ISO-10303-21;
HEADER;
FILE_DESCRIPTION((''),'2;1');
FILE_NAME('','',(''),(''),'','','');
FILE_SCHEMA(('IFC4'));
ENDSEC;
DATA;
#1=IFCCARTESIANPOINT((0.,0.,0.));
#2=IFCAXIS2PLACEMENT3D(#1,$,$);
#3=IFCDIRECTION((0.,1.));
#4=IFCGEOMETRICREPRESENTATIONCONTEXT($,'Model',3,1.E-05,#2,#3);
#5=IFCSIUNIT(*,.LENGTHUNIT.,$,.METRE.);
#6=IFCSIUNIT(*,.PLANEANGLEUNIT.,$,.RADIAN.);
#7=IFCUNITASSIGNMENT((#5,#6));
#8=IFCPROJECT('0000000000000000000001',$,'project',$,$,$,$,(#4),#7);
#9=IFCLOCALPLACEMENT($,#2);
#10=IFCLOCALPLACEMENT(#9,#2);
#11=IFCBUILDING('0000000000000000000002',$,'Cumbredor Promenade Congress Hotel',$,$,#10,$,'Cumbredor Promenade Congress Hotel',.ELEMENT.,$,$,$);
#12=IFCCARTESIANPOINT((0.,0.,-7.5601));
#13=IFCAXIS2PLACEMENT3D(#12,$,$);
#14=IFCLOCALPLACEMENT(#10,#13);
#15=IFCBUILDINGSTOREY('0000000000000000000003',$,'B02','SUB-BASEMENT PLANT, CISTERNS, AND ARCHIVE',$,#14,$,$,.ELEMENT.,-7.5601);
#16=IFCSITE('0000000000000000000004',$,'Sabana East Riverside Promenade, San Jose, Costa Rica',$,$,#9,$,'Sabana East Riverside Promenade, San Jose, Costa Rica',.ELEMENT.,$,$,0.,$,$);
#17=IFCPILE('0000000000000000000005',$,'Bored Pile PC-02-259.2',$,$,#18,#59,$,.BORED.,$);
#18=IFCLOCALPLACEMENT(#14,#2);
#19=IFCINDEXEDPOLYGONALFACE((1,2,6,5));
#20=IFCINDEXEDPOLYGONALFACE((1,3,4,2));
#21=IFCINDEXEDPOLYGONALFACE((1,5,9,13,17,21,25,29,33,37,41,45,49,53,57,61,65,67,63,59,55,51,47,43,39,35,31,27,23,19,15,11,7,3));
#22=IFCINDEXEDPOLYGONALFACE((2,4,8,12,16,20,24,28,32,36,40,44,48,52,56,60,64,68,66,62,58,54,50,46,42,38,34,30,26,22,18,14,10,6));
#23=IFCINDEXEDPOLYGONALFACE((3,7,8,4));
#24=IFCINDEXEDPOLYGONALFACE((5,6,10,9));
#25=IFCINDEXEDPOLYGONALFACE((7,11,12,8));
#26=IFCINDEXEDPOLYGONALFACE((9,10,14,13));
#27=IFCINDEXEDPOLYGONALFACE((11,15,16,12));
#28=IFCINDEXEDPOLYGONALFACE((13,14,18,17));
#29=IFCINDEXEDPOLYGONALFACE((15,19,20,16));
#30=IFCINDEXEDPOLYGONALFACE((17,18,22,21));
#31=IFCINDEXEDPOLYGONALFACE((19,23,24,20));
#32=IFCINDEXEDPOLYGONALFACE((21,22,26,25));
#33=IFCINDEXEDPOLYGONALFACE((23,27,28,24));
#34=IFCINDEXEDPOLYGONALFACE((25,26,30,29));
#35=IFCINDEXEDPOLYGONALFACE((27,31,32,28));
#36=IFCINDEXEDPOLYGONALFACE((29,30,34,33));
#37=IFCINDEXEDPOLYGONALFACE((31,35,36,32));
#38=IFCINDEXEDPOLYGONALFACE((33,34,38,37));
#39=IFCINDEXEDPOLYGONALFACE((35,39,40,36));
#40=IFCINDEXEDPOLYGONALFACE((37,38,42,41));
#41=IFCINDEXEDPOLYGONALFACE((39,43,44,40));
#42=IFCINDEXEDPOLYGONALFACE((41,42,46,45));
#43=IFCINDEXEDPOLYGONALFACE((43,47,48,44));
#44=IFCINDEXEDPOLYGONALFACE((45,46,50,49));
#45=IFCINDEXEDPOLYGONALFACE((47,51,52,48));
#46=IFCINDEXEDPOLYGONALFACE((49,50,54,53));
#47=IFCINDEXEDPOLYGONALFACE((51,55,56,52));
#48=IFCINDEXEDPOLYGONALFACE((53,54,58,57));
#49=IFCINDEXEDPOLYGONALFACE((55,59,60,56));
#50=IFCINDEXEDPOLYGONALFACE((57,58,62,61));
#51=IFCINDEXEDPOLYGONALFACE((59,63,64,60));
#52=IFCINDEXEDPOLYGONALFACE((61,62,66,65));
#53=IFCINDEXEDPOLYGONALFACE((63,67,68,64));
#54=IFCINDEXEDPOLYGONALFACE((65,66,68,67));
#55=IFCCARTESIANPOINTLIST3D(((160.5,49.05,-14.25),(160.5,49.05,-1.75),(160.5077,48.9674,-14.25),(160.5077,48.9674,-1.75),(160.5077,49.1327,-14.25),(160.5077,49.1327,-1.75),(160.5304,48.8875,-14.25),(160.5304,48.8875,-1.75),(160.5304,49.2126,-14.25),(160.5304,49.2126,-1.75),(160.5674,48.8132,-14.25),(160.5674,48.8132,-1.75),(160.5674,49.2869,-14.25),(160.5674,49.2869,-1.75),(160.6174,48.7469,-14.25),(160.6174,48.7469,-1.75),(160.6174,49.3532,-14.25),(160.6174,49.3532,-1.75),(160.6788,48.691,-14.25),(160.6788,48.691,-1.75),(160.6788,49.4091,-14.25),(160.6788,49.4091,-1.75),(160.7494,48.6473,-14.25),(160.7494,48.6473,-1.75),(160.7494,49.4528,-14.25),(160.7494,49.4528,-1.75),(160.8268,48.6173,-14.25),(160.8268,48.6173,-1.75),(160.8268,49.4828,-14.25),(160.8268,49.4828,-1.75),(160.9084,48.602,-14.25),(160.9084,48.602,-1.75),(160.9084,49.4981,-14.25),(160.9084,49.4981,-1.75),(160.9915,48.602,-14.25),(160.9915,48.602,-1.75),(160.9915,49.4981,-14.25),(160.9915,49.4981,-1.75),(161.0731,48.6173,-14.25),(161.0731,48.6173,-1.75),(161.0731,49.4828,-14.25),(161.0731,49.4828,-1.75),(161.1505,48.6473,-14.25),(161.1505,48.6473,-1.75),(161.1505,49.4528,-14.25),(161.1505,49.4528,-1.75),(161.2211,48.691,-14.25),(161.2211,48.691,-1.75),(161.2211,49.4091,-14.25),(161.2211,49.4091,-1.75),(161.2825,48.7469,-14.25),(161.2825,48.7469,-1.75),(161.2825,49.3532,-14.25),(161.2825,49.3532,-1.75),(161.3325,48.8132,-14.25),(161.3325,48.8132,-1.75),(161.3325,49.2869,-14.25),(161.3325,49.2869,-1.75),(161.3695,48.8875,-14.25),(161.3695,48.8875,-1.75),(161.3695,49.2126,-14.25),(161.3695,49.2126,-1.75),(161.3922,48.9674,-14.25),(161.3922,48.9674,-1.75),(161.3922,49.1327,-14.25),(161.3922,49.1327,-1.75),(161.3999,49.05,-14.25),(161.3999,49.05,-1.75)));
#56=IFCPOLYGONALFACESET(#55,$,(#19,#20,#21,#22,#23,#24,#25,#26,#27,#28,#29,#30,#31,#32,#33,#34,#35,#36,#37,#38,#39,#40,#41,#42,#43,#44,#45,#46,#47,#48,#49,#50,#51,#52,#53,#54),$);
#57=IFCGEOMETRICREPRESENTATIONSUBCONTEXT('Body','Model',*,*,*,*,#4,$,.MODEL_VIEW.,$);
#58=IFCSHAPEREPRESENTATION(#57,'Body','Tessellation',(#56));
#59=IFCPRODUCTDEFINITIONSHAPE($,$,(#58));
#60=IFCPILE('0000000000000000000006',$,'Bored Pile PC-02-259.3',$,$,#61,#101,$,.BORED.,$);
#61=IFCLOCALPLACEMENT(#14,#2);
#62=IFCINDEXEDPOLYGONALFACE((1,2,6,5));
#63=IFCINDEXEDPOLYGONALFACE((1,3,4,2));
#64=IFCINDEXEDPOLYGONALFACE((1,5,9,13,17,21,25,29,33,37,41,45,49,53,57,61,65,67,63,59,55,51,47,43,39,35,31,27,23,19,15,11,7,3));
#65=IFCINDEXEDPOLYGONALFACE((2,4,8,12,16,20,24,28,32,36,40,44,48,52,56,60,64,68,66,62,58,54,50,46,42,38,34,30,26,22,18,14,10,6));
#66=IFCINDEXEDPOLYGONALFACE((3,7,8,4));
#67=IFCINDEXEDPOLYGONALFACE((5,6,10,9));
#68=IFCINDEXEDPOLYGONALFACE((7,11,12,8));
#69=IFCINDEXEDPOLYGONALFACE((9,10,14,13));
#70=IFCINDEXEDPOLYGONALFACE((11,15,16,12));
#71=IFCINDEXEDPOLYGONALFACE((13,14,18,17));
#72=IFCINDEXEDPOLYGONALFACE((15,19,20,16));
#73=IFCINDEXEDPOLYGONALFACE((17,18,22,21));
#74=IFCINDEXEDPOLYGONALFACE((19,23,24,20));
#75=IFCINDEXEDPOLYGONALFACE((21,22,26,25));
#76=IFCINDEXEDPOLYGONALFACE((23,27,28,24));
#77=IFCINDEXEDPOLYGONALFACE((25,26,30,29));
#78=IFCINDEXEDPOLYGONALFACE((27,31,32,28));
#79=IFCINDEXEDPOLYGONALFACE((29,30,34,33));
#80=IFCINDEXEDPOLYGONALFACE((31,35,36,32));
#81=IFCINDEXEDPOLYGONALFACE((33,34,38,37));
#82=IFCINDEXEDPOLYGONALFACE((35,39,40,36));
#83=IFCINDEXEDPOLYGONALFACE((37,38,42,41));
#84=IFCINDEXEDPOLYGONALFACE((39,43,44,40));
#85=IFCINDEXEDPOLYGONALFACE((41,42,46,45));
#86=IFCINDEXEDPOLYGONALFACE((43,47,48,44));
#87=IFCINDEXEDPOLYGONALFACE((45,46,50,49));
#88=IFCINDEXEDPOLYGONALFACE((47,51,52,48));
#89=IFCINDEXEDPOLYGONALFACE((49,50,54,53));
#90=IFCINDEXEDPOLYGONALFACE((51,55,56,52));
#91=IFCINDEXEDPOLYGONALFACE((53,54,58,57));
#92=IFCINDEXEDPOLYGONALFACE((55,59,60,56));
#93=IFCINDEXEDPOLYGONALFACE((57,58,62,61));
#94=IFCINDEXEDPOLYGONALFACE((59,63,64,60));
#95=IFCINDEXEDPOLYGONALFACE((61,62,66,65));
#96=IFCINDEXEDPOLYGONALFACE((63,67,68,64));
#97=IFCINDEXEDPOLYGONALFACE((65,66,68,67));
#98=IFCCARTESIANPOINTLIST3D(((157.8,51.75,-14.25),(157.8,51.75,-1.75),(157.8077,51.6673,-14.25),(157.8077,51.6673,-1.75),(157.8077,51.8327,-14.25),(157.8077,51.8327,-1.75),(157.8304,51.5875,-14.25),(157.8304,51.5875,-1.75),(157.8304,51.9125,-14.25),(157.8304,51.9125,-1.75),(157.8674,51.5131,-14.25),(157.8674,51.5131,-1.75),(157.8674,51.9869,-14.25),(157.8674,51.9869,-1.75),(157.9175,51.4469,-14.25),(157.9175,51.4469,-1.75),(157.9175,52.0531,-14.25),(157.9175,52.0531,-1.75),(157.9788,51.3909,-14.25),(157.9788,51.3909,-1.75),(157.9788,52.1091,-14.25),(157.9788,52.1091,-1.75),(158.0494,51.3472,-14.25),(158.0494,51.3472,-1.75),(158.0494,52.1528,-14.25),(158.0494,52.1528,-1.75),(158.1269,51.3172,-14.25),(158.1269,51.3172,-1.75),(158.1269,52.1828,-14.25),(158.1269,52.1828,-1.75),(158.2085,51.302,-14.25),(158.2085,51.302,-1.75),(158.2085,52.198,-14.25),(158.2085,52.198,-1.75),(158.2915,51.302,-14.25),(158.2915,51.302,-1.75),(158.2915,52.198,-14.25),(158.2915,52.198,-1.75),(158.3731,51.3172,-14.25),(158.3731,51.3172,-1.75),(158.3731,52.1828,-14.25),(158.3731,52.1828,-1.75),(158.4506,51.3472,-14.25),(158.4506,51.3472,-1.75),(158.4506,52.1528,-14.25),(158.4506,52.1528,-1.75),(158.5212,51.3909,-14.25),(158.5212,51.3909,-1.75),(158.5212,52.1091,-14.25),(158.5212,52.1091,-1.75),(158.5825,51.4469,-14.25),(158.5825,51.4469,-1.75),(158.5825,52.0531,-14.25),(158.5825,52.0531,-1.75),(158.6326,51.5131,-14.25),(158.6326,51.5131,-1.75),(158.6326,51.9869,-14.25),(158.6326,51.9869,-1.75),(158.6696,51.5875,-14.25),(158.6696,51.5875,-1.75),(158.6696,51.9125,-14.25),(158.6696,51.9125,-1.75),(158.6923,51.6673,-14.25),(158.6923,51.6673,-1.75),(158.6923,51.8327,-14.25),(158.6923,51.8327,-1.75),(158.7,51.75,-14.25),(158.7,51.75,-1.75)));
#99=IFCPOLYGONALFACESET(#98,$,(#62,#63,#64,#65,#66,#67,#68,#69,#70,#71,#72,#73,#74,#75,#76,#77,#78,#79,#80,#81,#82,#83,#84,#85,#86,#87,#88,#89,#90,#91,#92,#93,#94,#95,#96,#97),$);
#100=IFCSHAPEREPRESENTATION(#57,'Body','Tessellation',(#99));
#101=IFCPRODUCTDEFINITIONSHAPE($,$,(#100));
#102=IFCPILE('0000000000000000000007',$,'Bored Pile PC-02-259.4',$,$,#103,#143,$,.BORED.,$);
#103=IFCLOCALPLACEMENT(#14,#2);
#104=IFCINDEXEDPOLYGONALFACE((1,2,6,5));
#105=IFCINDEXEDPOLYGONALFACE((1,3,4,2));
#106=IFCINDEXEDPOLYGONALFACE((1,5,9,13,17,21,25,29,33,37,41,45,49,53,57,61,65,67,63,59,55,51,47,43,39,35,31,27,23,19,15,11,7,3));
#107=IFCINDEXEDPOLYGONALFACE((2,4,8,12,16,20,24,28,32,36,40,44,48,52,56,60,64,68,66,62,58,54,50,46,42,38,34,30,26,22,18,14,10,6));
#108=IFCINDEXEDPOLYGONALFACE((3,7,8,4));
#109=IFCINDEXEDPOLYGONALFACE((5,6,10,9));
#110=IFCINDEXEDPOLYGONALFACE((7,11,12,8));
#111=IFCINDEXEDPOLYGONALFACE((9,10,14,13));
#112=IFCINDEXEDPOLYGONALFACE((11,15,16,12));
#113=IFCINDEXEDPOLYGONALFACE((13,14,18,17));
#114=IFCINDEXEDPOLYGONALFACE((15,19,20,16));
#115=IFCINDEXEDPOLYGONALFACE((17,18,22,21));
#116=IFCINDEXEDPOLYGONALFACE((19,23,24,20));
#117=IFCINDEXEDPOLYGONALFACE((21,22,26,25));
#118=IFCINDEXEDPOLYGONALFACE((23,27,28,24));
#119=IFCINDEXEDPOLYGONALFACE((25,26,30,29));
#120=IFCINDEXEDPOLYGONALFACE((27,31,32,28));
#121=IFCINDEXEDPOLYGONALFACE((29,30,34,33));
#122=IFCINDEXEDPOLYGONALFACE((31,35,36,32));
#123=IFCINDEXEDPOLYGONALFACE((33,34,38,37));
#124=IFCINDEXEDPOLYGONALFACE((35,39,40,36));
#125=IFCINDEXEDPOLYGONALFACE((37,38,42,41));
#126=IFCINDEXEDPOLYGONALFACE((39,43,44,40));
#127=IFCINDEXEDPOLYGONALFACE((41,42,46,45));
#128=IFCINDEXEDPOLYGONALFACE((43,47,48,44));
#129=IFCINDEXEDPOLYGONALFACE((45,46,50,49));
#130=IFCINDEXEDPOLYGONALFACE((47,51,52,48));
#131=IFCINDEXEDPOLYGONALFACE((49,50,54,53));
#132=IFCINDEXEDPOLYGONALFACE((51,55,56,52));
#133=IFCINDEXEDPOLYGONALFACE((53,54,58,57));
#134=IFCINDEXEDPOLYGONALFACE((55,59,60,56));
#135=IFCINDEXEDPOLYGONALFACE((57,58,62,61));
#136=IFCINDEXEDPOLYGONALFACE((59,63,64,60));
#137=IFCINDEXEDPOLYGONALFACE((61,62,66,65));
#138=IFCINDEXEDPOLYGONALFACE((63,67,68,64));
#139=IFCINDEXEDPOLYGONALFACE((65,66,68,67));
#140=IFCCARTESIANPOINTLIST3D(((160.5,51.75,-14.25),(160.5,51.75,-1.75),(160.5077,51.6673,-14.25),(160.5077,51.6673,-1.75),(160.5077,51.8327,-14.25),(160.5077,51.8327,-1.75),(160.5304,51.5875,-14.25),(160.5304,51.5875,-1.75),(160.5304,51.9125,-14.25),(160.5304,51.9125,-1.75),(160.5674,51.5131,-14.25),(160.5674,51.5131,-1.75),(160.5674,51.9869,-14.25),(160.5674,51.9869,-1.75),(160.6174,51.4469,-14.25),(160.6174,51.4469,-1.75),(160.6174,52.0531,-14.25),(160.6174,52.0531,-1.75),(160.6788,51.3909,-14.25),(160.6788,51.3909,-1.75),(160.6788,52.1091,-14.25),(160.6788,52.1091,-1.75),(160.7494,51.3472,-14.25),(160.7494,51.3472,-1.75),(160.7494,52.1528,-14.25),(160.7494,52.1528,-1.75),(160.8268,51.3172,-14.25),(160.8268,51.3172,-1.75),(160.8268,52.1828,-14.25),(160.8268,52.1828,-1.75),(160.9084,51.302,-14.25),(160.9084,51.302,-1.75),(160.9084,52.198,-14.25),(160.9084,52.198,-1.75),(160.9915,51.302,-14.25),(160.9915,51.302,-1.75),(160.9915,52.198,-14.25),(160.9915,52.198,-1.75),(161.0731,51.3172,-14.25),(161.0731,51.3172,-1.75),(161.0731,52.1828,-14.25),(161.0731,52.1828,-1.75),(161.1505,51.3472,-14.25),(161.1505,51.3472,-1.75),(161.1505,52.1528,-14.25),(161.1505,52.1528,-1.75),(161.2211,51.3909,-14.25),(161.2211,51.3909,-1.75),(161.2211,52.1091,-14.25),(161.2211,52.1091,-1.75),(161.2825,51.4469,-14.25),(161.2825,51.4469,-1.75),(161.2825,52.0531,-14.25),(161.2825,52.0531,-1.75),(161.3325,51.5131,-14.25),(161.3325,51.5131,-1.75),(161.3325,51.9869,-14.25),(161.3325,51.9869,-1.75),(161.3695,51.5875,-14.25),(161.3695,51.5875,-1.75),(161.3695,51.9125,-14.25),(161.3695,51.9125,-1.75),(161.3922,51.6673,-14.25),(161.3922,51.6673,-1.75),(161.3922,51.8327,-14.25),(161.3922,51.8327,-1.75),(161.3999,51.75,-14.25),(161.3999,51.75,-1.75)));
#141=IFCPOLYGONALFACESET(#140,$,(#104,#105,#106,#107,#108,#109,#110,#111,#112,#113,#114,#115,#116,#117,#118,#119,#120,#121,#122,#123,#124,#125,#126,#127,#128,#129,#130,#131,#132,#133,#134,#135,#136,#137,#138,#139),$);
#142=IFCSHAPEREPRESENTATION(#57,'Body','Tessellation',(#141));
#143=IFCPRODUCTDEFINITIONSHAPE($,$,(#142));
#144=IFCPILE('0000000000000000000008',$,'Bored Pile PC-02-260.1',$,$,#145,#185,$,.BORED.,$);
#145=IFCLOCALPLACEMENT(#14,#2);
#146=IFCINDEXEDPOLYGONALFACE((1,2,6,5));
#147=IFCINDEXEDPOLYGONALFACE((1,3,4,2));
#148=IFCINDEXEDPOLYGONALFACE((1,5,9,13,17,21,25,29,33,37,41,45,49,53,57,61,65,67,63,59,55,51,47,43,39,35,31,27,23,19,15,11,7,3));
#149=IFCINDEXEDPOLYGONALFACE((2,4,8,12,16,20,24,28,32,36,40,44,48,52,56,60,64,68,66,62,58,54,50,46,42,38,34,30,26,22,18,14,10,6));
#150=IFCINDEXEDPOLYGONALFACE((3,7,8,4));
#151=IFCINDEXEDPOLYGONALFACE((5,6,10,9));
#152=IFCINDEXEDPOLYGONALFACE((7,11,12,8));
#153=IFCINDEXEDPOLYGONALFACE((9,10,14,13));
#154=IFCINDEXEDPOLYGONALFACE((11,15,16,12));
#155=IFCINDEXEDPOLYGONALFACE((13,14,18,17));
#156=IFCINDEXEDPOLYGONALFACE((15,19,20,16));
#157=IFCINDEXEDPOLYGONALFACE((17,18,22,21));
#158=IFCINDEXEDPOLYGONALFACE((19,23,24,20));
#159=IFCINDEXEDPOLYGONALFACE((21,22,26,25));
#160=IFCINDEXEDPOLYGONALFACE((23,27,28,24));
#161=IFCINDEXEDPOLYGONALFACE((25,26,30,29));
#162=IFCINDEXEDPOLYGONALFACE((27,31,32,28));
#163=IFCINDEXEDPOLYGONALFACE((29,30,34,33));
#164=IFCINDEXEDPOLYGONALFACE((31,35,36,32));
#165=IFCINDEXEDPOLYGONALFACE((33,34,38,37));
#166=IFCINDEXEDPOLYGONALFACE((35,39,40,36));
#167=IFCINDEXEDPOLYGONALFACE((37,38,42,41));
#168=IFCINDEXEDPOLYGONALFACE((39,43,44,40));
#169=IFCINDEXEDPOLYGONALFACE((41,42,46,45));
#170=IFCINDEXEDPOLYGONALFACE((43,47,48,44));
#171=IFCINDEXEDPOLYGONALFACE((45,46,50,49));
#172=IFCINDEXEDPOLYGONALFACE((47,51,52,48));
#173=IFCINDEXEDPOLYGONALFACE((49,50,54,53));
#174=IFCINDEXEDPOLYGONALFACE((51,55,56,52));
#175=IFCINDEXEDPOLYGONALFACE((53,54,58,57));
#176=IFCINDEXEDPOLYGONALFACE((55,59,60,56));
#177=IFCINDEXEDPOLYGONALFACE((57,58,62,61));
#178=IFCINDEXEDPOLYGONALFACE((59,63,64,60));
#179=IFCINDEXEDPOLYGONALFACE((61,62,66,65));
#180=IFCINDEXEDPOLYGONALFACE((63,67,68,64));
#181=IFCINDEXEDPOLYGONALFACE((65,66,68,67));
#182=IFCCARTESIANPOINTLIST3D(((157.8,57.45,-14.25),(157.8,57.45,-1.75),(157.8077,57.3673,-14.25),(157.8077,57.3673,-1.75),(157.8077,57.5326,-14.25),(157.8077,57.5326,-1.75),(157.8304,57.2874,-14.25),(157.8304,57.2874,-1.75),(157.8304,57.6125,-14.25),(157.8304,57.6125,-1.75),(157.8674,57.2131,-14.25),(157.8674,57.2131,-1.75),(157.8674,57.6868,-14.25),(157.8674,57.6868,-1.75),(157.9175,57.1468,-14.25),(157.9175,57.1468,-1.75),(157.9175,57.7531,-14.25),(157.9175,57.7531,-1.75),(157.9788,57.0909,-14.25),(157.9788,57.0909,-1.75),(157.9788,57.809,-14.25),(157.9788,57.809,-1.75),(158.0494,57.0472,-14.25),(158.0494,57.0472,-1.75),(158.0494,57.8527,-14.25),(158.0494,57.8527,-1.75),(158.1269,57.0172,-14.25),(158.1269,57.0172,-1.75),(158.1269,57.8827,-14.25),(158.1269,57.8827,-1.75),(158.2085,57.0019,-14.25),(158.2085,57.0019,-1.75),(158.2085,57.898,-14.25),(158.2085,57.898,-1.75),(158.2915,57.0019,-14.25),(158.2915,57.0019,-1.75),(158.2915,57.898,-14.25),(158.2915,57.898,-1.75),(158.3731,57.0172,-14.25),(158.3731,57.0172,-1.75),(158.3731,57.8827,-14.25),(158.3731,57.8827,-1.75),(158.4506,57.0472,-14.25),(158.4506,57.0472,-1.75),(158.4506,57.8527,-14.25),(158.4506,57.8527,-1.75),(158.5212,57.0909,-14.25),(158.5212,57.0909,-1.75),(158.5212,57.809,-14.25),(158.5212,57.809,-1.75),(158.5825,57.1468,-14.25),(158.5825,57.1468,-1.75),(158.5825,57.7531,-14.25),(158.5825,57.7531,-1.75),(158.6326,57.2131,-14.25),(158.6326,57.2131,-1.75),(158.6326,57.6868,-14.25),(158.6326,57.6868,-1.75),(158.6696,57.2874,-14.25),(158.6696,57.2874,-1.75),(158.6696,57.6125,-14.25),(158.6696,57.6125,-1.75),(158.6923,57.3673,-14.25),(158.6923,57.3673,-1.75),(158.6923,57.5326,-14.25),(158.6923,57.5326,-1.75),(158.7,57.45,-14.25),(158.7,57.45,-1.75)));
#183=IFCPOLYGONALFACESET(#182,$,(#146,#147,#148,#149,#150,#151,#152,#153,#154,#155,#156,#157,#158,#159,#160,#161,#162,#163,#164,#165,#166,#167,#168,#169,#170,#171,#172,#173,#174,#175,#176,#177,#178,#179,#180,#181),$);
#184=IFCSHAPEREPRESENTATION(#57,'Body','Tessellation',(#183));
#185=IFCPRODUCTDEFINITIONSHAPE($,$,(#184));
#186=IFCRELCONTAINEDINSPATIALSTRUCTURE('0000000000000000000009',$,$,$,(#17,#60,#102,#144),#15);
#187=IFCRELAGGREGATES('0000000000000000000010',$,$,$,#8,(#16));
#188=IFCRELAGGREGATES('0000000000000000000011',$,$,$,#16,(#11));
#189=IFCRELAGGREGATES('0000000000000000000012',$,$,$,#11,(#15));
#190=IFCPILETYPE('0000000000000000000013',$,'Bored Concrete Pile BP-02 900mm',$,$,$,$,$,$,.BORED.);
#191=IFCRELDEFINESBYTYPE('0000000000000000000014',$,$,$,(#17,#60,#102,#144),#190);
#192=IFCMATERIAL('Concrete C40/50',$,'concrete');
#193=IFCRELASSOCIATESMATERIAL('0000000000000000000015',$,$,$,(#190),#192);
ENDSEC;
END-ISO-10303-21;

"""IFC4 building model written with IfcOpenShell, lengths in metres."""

from ifc_helpers import new_model, si_unit, direction, frame, origin, origin_2d, place, context, subcontext, project, spatial, circle, extrude, material, material_profile, profile_set, type_object, element, save


model = new_model("IFC4")

# Units and contexts
model_context = context("Model", 3, precision=1e-05, world=origin(), true_north=direction((0.0, 1.0)))
body_context = subcontext(model_context, "Body", "Model", "MODEL_VIEW")
ifc_project = project(units=[si_unit("LENGTHUNIT", "METRE"), si_unit("PLANEANGLEUNIT", "RADIAN")], contexts=[model_context])

# Site, building, storey
site_placement = place(None, origin())
site = spatial("IfcSite", under=ifc_project, at=site_placement, Name="Sabana East Riverside Promenade, San Jose, Costa Rica", LongName="Sabana East Riverside Promenade, San Jose, Costa Rica", CompositionType="ELEMENT", RefElevation=0.0)
building_placement = place(site_placement, origin())
building = spatial("IfcBuilding", under=site, at=building_placement, Name="Cumbredor Promenade Congress Hotel", LongName="Cumbredor Promenade Congress Hotel", CompositionType="ELEMENT")
storey_placement = place(building_placement, frame((0.0, 0.0, -7.5601)))
storey = spatial("IfcBuildingStorey", under=building, at=storey_placement, Name="B02", Description="SUB-BASEMENT PLANT, CISTERNS, AND ARCHIVE", CompositionType="ELEMENT", Elevation=-7.5601)

# Piles
ifc_material_1 = material(Name="Concrete C40/50", Category="concrete")
ifc_material_profile_1 = material_profile(ifc_material_1, circle(Radius=0.45, at=origin_2d()), Name="PILE D900")
ifc_profile_set_1 = profile_set([ifc_material_profile_1], Name="Concrete C40/50")
pile_type = type_object("IfcPileType", Name="Bored Concrete Pile BP-02 900mm", PredefinedType="BORED", material=ifc_profile_set_1)
for number, where, z_axis, x_axis, name in (
    (1, (160.95, 49.05, -1.75), (0.0, 0.0, -1.0), (1.0, 0.0, 0.0), "Bored Pile PC-02-259.2"),
    (2, (158.25, 51.75, -1.75), (0.0, 0.0, -1.0), (1.0, 0.0, 0.0), "Bored Pile PC-02-259.3"),
    (3, (160.95, 51.75, -1.75), (0.0, 0.0, -1.0), (1.0, 0.0, 0.0), "Bored Pile PC-02-259.4"),
    (4, (158.25, 57.45, -1.75), (0.0, 0.0, -1.0), (1.0, 0.0, 0.0), "Bored Pile PC-02-260.1"),
):
    element("IfcPile", number, at=place(storey_placement, frame(where, z_axis=z_axis, x_axis=x_axis)), inside=storey, type_object=pile_type, Name=name, PredefinedType="BORED", context=body_context, shape_type="SweptSolid", body=[
        extrude(circle(Radius=0.45, at=origin_2d()), origin(), (0.0, 0.0, 1.0), 12.5),
    ])

save(model, "model.ifc")
